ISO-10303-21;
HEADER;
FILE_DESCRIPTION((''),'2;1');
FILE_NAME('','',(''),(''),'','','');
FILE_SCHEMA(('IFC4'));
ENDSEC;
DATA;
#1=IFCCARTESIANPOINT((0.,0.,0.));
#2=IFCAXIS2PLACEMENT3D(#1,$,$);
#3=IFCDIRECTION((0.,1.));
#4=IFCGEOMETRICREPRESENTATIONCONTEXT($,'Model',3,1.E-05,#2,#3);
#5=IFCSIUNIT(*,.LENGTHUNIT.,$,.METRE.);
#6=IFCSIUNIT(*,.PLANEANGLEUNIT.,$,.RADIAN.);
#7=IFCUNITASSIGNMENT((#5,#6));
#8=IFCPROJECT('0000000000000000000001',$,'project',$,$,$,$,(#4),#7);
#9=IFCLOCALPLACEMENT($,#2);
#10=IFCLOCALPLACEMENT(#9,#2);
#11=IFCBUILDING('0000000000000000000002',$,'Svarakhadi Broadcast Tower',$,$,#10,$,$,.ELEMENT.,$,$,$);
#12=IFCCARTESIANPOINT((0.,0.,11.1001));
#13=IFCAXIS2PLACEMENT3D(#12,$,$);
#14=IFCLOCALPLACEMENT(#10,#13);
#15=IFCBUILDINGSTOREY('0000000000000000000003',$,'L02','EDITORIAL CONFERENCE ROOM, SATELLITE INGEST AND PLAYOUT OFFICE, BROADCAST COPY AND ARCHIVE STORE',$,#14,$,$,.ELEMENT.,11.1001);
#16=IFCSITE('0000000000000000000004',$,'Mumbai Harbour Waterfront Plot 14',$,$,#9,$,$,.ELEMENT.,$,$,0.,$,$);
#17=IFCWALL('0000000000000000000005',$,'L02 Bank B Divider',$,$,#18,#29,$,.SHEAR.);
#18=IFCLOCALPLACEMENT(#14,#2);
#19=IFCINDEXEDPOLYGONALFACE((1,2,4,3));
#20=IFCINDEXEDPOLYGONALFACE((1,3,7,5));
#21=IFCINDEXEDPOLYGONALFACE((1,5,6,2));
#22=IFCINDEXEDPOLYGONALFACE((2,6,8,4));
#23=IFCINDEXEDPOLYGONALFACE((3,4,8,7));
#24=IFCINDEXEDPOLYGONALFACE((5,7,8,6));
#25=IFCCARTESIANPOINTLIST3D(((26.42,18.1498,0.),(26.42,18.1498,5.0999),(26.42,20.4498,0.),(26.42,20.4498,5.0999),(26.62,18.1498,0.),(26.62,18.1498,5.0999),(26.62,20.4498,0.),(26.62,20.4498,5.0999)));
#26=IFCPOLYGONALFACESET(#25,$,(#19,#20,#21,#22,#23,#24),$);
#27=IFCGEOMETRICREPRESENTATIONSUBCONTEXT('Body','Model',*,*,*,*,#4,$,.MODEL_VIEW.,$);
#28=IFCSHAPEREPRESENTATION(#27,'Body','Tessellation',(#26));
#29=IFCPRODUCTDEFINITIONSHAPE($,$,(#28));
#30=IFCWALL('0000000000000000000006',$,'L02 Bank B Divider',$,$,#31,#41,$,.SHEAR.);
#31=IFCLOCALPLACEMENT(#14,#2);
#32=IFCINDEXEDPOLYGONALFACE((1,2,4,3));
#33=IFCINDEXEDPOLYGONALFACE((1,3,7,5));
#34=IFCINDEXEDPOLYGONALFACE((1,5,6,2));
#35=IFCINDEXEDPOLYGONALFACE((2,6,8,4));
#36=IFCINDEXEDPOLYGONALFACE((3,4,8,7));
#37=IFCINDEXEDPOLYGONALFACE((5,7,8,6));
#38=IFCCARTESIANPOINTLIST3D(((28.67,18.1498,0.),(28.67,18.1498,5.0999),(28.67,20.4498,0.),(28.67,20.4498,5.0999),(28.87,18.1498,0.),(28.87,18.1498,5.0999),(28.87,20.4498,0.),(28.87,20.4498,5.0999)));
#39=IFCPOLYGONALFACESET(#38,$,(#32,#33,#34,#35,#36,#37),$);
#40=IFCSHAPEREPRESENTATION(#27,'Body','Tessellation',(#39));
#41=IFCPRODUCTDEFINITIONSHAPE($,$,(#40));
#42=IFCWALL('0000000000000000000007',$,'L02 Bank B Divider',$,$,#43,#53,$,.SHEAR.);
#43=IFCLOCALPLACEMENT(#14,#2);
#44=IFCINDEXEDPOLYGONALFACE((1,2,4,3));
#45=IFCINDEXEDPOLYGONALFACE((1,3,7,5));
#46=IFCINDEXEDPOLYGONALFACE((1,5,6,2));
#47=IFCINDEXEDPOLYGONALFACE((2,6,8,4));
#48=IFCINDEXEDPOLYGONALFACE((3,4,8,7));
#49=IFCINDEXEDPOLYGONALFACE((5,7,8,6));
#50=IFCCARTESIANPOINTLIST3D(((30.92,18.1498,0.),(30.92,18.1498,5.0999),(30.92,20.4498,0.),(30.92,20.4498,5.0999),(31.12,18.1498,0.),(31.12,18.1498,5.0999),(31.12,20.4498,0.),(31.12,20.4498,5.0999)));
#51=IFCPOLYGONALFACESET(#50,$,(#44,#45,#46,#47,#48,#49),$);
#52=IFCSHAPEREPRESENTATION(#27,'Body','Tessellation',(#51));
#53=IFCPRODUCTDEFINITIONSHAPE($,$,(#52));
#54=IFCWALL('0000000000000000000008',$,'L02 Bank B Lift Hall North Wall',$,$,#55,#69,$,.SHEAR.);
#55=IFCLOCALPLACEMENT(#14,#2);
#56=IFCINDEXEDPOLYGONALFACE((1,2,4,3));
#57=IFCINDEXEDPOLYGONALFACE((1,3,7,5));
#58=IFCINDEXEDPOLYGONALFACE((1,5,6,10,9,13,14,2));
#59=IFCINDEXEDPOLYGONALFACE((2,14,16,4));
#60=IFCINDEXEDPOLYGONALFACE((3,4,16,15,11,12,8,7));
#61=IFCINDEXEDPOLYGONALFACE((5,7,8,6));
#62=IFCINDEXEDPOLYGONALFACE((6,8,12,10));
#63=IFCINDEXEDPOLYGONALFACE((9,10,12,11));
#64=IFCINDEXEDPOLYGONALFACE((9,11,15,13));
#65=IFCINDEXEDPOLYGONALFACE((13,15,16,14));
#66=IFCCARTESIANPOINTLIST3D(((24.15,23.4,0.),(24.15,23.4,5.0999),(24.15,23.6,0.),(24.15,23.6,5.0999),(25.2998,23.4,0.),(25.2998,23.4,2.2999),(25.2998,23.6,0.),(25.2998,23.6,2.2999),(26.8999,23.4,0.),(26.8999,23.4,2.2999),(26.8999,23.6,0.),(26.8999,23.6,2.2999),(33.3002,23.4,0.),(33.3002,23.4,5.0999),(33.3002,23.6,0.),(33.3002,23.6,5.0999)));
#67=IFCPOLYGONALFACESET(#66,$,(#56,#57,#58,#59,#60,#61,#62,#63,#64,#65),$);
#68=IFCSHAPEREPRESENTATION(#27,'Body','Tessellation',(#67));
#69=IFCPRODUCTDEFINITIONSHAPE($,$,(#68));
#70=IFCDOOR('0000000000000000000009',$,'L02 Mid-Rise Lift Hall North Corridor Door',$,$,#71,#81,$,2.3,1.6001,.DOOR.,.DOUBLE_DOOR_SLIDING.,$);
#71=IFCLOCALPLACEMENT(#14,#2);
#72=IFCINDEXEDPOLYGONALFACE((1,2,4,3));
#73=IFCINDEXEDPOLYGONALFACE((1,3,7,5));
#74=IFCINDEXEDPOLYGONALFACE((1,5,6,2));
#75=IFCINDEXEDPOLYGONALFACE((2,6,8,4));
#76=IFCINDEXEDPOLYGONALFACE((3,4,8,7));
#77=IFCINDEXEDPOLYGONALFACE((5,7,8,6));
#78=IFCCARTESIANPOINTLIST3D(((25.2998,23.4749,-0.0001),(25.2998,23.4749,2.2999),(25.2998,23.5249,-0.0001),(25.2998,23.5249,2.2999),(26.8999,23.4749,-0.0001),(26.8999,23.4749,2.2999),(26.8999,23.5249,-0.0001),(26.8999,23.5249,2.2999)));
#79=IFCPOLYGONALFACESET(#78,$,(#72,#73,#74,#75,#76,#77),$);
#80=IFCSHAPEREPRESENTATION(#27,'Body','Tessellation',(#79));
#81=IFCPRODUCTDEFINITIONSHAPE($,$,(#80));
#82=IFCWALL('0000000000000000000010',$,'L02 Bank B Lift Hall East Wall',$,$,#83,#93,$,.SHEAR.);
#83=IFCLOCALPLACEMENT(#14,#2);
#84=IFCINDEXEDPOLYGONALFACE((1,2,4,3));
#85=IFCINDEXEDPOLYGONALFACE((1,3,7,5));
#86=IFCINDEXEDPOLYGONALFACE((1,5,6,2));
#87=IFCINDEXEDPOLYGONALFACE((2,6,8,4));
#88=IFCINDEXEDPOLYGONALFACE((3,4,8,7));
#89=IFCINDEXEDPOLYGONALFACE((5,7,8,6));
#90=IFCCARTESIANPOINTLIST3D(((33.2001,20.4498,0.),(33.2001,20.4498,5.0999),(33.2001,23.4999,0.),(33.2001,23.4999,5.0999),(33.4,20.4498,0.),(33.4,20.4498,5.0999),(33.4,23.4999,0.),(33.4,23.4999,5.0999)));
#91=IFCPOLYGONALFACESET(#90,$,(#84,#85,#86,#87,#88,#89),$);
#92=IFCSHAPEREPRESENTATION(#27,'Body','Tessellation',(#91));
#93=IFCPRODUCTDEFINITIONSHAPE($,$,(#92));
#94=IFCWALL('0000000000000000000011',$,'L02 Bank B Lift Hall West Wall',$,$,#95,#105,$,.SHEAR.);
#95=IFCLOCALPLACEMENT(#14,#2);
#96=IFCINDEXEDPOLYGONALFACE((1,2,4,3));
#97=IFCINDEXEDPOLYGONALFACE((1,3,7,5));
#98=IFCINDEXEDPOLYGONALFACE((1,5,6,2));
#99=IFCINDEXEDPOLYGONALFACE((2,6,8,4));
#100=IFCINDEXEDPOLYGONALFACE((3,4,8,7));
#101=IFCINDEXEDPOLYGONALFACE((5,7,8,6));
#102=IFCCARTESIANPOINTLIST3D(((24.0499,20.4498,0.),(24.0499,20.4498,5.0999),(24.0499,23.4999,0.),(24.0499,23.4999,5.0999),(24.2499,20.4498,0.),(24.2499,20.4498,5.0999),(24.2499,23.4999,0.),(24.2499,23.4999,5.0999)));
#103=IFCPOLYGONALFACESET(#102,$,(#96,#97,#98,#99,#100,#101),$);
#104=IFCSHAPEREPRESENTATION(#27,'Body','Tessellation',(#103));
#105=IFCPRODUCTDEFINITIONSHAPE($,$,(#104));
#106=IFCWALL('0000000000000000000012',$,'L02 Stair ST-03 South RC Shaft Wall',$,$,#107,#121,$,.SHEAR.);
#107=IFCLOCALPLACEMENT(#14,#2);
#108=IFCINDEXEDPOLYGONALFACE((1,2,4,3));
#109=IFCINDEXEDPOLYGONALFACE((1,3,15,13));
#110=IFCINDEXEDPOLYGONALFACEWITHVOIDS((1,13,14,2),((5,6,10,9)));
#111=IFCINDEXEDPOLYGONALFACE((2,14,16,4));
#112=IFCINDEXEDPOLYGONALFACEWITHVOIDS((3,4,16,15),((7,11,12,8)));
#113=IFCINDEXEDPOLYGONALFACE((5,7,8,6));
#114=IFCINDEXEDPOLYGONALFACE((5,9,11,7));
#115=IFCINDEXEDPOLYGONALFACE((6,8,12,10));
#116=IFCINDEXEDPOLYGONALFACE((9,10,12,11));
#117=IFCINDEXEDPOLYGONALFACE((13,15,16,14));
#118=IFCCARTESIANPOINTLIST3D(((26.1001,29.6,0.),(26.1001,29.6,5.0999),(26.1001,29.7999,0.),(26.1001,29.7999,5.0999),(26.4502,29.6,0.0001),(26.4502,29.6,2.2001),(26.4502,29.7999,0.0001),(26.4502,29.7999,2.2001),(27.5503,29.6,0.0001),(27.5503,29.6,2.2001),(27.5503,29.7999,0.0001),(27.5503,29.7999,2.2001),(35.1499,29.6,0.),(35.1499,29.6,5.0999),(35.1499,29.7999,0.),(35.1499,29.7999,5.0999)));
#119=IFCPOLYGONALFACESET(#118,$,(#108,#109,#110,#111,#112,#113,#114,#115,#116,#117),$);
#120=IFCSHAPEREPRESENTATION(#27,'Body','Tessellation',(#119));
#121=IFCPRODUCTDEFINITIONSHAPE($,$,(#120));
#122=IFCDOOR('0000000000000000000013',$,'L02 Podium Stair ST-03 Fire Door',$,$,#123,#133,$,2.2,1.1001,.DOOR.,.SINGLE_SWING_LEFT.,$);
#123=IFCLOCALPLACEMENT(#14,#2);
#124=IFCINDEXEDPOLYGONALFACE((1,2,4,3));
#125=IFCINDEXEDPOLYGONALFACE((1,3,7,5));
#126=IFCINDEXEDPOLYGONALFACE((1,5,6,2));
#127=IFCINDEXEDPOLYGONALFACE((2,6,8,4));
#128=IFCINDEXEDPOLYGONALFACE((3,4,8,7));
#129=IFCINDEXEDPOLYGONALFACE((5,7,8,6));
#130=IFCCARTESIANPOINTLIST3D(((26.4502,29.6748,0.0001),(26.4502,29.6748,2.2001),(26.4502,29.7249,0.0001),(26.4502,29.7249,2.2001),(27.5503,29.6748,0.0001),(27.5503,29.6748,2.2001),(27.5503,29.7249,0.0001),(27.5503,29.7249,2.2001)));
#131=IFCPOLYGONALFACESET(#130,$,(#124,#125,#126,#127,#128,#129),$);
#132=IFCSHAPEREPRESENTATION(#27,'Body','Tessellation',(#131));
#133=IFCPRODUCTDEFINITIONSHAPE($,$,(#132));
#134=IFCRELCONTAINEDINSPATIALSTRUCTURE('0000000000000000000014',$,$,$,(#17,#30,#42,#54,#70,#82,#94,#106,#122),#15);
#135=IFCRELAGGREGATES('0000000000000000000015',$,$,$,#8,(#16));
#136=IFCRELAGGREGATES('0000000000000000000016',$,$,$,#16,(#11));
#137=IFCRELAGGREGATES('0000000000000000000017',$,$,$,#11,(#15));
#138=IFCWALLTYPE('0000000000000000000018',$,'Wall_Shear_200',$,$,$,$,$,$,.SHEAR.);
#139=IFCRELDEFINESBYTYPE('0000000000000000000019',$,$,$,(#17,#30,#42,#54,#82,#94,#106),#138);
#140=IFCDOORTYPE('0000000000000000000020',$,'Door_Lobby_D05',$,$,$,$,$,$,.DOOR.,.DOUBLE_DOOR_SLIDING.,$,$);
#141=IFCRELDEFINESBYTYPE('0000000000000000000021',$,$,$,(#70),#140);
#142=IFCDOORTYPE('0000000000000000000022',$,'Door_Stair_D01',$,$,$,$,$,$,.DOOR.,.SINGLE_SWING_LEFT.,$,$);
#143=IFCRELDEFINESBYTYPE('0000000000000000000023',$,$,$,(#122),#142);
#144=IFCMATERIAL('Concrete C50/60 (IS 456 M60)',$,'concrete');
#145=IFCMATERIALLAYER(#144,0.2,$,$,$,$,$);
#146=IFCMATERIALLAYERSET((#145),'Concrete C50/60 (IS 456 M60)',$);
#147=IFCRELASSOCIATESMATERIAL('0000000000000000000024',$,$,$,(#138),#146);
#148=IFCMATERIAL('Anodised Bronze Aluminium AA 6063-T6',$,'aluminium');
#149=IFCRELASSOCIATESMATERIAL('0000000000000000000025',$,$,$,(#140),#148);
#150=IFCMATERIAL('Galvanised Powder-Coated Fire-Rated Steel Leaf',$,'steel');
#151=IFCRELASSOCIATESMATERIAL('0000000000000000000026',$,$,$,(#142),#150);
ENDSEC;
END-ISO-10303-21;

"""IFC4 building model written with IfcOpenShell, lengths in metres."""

from ifc_helpers import new_model, si_unit, direction, frame, frame_2d, origin, place, context, subcontext, project, spatial, rectangle, extrude, material, layer, layer_set, type_object, element, fill, save


model = new_model("IFC4")

# Units and contexts
model_context = context("Model", 3, precision=1e-05, world=origin(), true_north=direction((0.0, 1.0)))
body_context = subcontext(model_context, "Body", "Model", "MODEL_VIEW")
ifc_project = project(units=[si_unit("LENGTHUNIT", "METRE"), si_unit("PLANEANGLEUNIT", "RADIAN")], contexts=[model_context])

# Site, building, storey
site_placement = place(None, origin())
site = spatial("IfcSite", under=ifc_project, at=site_placement, Name="Mumbai Harbour Waterfront Plot 14", CompositionType="ELEMENT", RefElevation=0.0)
building_placement = place(site_placement, origin())
building = spatial("IfcBuilding", under=site, at=building_placement, Name="Svarakhadi Broadcast Tower", CompositionType="ELEMENT")
storey_placement = place(building_placement, frame((0.0, 0.0, 11.1001)))
storey = spatial("IfcBuildingStorey", under=building, at=storey_placement, Name="L02", Description="EDITORIAL CONFERENCE ROOM, SATELLITE INGEST AND PLAYOUT OFFICE, BROADCAST COPY AND ARCHIVE STORE", CompositionType="ELEMENT", Elevation=11.1001)

# Walls
ifc_material_1 = material(Name="Concrete C50/60 (IS 456 M60)", Category="concrete")
ifc_layer_1 = layer(ifc_material_1, 0.2)
ifc_layer_set_1 = layer_set([ifc_layer_1], Name="Concrete C50/60 (IS 456 M60)")
wall_type_1 = type_object("IfcWallType", Name="Wall_Shear_200", PredefinedType="SHEAR", material=ifc_layer_set_1)
for number, where, z_axis, x_axis, name in (
    (1, (26.52, 18.1499, 0.0), (0.0, 0.0, 1.0), (0.0, 1.0, 0.0), "L02 Bank B Divider"),
    (2, (28.77, 18.1499, 0.0), (0.0, 0.0, 1.0), (0.0, 1.0, 0.0), "L02 Bank B Divider"),
    (3, (31.02, 18.1499, 0.0), (0.0, 0.0, 1.0), (0.0, 1.0, 0.0), "L02 Bank B Divider"),
):
    element("IfcWall", number, at=place(storey_placement, frame(where, z_axis=z_axis, x_axis=x_axis)), inside=storey, type_object=wall_type_1, Name=name, PredefinedType="SHEAR", context=body_context, shape_type="SweptSolid", body=[
        extrude(rectangle(XDim=2.3, YDim=0.2, at=frame_2d((1.1499, 0.0))), origin(), (0.0, 0.0, 1.0), 5.0999),
    ])

# Wall, opening, door
wall_1_placement = place(storey_placement, frame((24.1499, 23.5, 0.0), z_axis=(0.0, 0.0, 1.0), x_axis=(1.0, 0.0, 0.0)))
wall_1 = element("IfcWall", 4, at=wall_1_placement, inside=storey, type_object=wall_type_1, Name="L02 Bank B Lift Hall North Wall", PredefinedType="SHEAR", context=body_context, shape_type="SweptSolid", body=[
    extrude(rectangle(XDim=9.1501, YDim=0.2, at=frame_2d((4.5752, 0.0))), origin(), (0.0, 0.0, 1.0), 5.0999),
])
opening_1_placement = place(wall_1_placement, frame((1.1499, 0.0, 0.0)))
opening_1 = element("IfcOpeningElement", 5, at=opening_1_placement, cuts=wall_1, PredefinedType="OPENING", context=body_context, shape_type="SweptSolid", body=[
    extrude(rectangle(XDim=1.6001, YDim=2.3, at=frame_2d((0.8, 1.1499))), frame((0.0, 0.1099, 0.0), z_axis=(0.0, -1.0, 0.0), x_axis=(1.0, 0.0, 0.0)), (0.0, 0.0, 1.0), 0.22),
])
ifc_material_2 = material(Name="Anodised Bronze Aluminium AA 6063-T6", Category="aluminium")
door_type_1 = type_object("IfcDoorType", Name="Door_Lobby_D05", OperationType="DOUBLE_DOOR_SLIDING", PredefinedType="DOOR", material=ifc_material_2)
door_1_placement = place(opening_1_placement, origin())
door_1 = element("IfcDoor", 6, at=door_1_placement, inside=storey, type_object=door_type_1, Name="L02 Mid-Rise Lift Hall North Corridor Door", OperationType="DOUBLE_DOOR_SLIDING", OverallHeight=2.3, OverallWidth=1.6001, PredefinedType="DOOR", context=body_context, shape_type="SweptSolid", body=[
    extrude(rectangle(XDim=1.6001, YDim=2.3, at=frame_2d((0.8, 1.1499))), frame((0.0, 0.0249, 0.0), z_axis=(0.0, -1.0, 0.0), x_axis=(1.0, 0.0, 0.0)), (0.0, 0.0, 1.0), 0.05),
])
fill(opening_1, door_1)

# Walls
for number, where, z_axis, x_axis, name in (
    (7, (33.3, 20.45, 0.0), (0.0, 0.0, 1.0), (0.0, 1.0, 0.0), "L02 Bank B Lift Hall East Wall"),
    (8, (24.1499, 20.45, 0.0), (0.0, 0.0, 1.0), (0.0, 1.0, 0.0), "L02 Bank B Lift Hall West Wall"),
):
    element("IfcWall", number, at=place(storey_placement, frame(where, z_axis=z_axis, x_axis=x_axis)), inside=storey, type_object=wall_type_1, Name=name, PredefinedType="SHEAR", context=body_context, shape_type="SweptSolid", body=[
        extrude(rectangle(XDim=3.05, YDim=0.2, at=frame_2d((1.5249, 0.0))), origin(), (0.0, 0.0, 1.0), 5.0999),
    ])

# Wall, opening, door
wall_2_placement = place(storey_placement, frame((26.1001, 29.7, 0.0), z_axis=(0.0, 0.0, 1.0), x_axis=(1.0, 0.0, 0.0)))
wall_2 = element("IfcWall", 9, at=wall_2_placement, inside=storey, type_object=wall_type_1, Name="L02 Stair ST-03 South RC Shaft Wall", PredefinedType="SHEAR", context=body_context, shape_type="SweptSolid", body=[
    extrude(rectangle(XDim=9.0498, YDim=0.2, at=frame_2d((4.5249, 0.0))), origin(), (0.0, 0.0, 1.0), 5.0999),
])
opening_2_placement = place(wall_2_placement, frame((0.3501, 0.0, 0.0)))
opening_2 = element("IfcOpeningElement", 10, at=opening_2_placement, cuts=wall_2, PredefinedType="OPENING", context=body_context, shape_type="SweptSolid", body=[
    extrude(rectangle(XDim=1.1001, YDim=2.2, at=frame_2d((0.55, 1.1001))), frame((0.0, 0.1099, 0.0), z_axis=(0.0, -1.0, 0.0), x_axis=(1.0, 0.0, 0.0)), (0.0, 0.0, 1.0), 0.22),
])
ifc_material_3 = material(Name="Galvanised Powder-Coated Fire-Rated Steel Leaf", Category="steel")
door_type_2 = type_object("IfcDoorType", Name="Door_Stair_D01", OperationType="SINGLE_SWING_LEFT", PredefinedType="DOOR", material=ifc_material_3)
door_2_placement = place(opening_2_placement, origin())
door_2 = element("IfcDoor", 11, at=door_2_placement, inside=storey, type_object=door_type_2, Name="L02 Podium Stair ST-03 Fire Door", OperationType="SINGLE_SWING_LEFT", OverallHeight=2.2, OverallWidth=1.1001, PredefinedType="DOOR", context=body_context, shape_type="SweptSolid", body=[
    extrude(rectangle(XDim=1.1001, YDim=2.2, at=frame_2d((0.55, 1.1001))), frame((0.0, 0.0249, 0.0), z_axis=(0.0, -1.0, 0.0), x_axis=(1.0, 0.0, 0.0)), (0.0, 0.0, 1.0), 0.05),
])
fill(opening_2, door_2)

save(model, "model.ifc")
